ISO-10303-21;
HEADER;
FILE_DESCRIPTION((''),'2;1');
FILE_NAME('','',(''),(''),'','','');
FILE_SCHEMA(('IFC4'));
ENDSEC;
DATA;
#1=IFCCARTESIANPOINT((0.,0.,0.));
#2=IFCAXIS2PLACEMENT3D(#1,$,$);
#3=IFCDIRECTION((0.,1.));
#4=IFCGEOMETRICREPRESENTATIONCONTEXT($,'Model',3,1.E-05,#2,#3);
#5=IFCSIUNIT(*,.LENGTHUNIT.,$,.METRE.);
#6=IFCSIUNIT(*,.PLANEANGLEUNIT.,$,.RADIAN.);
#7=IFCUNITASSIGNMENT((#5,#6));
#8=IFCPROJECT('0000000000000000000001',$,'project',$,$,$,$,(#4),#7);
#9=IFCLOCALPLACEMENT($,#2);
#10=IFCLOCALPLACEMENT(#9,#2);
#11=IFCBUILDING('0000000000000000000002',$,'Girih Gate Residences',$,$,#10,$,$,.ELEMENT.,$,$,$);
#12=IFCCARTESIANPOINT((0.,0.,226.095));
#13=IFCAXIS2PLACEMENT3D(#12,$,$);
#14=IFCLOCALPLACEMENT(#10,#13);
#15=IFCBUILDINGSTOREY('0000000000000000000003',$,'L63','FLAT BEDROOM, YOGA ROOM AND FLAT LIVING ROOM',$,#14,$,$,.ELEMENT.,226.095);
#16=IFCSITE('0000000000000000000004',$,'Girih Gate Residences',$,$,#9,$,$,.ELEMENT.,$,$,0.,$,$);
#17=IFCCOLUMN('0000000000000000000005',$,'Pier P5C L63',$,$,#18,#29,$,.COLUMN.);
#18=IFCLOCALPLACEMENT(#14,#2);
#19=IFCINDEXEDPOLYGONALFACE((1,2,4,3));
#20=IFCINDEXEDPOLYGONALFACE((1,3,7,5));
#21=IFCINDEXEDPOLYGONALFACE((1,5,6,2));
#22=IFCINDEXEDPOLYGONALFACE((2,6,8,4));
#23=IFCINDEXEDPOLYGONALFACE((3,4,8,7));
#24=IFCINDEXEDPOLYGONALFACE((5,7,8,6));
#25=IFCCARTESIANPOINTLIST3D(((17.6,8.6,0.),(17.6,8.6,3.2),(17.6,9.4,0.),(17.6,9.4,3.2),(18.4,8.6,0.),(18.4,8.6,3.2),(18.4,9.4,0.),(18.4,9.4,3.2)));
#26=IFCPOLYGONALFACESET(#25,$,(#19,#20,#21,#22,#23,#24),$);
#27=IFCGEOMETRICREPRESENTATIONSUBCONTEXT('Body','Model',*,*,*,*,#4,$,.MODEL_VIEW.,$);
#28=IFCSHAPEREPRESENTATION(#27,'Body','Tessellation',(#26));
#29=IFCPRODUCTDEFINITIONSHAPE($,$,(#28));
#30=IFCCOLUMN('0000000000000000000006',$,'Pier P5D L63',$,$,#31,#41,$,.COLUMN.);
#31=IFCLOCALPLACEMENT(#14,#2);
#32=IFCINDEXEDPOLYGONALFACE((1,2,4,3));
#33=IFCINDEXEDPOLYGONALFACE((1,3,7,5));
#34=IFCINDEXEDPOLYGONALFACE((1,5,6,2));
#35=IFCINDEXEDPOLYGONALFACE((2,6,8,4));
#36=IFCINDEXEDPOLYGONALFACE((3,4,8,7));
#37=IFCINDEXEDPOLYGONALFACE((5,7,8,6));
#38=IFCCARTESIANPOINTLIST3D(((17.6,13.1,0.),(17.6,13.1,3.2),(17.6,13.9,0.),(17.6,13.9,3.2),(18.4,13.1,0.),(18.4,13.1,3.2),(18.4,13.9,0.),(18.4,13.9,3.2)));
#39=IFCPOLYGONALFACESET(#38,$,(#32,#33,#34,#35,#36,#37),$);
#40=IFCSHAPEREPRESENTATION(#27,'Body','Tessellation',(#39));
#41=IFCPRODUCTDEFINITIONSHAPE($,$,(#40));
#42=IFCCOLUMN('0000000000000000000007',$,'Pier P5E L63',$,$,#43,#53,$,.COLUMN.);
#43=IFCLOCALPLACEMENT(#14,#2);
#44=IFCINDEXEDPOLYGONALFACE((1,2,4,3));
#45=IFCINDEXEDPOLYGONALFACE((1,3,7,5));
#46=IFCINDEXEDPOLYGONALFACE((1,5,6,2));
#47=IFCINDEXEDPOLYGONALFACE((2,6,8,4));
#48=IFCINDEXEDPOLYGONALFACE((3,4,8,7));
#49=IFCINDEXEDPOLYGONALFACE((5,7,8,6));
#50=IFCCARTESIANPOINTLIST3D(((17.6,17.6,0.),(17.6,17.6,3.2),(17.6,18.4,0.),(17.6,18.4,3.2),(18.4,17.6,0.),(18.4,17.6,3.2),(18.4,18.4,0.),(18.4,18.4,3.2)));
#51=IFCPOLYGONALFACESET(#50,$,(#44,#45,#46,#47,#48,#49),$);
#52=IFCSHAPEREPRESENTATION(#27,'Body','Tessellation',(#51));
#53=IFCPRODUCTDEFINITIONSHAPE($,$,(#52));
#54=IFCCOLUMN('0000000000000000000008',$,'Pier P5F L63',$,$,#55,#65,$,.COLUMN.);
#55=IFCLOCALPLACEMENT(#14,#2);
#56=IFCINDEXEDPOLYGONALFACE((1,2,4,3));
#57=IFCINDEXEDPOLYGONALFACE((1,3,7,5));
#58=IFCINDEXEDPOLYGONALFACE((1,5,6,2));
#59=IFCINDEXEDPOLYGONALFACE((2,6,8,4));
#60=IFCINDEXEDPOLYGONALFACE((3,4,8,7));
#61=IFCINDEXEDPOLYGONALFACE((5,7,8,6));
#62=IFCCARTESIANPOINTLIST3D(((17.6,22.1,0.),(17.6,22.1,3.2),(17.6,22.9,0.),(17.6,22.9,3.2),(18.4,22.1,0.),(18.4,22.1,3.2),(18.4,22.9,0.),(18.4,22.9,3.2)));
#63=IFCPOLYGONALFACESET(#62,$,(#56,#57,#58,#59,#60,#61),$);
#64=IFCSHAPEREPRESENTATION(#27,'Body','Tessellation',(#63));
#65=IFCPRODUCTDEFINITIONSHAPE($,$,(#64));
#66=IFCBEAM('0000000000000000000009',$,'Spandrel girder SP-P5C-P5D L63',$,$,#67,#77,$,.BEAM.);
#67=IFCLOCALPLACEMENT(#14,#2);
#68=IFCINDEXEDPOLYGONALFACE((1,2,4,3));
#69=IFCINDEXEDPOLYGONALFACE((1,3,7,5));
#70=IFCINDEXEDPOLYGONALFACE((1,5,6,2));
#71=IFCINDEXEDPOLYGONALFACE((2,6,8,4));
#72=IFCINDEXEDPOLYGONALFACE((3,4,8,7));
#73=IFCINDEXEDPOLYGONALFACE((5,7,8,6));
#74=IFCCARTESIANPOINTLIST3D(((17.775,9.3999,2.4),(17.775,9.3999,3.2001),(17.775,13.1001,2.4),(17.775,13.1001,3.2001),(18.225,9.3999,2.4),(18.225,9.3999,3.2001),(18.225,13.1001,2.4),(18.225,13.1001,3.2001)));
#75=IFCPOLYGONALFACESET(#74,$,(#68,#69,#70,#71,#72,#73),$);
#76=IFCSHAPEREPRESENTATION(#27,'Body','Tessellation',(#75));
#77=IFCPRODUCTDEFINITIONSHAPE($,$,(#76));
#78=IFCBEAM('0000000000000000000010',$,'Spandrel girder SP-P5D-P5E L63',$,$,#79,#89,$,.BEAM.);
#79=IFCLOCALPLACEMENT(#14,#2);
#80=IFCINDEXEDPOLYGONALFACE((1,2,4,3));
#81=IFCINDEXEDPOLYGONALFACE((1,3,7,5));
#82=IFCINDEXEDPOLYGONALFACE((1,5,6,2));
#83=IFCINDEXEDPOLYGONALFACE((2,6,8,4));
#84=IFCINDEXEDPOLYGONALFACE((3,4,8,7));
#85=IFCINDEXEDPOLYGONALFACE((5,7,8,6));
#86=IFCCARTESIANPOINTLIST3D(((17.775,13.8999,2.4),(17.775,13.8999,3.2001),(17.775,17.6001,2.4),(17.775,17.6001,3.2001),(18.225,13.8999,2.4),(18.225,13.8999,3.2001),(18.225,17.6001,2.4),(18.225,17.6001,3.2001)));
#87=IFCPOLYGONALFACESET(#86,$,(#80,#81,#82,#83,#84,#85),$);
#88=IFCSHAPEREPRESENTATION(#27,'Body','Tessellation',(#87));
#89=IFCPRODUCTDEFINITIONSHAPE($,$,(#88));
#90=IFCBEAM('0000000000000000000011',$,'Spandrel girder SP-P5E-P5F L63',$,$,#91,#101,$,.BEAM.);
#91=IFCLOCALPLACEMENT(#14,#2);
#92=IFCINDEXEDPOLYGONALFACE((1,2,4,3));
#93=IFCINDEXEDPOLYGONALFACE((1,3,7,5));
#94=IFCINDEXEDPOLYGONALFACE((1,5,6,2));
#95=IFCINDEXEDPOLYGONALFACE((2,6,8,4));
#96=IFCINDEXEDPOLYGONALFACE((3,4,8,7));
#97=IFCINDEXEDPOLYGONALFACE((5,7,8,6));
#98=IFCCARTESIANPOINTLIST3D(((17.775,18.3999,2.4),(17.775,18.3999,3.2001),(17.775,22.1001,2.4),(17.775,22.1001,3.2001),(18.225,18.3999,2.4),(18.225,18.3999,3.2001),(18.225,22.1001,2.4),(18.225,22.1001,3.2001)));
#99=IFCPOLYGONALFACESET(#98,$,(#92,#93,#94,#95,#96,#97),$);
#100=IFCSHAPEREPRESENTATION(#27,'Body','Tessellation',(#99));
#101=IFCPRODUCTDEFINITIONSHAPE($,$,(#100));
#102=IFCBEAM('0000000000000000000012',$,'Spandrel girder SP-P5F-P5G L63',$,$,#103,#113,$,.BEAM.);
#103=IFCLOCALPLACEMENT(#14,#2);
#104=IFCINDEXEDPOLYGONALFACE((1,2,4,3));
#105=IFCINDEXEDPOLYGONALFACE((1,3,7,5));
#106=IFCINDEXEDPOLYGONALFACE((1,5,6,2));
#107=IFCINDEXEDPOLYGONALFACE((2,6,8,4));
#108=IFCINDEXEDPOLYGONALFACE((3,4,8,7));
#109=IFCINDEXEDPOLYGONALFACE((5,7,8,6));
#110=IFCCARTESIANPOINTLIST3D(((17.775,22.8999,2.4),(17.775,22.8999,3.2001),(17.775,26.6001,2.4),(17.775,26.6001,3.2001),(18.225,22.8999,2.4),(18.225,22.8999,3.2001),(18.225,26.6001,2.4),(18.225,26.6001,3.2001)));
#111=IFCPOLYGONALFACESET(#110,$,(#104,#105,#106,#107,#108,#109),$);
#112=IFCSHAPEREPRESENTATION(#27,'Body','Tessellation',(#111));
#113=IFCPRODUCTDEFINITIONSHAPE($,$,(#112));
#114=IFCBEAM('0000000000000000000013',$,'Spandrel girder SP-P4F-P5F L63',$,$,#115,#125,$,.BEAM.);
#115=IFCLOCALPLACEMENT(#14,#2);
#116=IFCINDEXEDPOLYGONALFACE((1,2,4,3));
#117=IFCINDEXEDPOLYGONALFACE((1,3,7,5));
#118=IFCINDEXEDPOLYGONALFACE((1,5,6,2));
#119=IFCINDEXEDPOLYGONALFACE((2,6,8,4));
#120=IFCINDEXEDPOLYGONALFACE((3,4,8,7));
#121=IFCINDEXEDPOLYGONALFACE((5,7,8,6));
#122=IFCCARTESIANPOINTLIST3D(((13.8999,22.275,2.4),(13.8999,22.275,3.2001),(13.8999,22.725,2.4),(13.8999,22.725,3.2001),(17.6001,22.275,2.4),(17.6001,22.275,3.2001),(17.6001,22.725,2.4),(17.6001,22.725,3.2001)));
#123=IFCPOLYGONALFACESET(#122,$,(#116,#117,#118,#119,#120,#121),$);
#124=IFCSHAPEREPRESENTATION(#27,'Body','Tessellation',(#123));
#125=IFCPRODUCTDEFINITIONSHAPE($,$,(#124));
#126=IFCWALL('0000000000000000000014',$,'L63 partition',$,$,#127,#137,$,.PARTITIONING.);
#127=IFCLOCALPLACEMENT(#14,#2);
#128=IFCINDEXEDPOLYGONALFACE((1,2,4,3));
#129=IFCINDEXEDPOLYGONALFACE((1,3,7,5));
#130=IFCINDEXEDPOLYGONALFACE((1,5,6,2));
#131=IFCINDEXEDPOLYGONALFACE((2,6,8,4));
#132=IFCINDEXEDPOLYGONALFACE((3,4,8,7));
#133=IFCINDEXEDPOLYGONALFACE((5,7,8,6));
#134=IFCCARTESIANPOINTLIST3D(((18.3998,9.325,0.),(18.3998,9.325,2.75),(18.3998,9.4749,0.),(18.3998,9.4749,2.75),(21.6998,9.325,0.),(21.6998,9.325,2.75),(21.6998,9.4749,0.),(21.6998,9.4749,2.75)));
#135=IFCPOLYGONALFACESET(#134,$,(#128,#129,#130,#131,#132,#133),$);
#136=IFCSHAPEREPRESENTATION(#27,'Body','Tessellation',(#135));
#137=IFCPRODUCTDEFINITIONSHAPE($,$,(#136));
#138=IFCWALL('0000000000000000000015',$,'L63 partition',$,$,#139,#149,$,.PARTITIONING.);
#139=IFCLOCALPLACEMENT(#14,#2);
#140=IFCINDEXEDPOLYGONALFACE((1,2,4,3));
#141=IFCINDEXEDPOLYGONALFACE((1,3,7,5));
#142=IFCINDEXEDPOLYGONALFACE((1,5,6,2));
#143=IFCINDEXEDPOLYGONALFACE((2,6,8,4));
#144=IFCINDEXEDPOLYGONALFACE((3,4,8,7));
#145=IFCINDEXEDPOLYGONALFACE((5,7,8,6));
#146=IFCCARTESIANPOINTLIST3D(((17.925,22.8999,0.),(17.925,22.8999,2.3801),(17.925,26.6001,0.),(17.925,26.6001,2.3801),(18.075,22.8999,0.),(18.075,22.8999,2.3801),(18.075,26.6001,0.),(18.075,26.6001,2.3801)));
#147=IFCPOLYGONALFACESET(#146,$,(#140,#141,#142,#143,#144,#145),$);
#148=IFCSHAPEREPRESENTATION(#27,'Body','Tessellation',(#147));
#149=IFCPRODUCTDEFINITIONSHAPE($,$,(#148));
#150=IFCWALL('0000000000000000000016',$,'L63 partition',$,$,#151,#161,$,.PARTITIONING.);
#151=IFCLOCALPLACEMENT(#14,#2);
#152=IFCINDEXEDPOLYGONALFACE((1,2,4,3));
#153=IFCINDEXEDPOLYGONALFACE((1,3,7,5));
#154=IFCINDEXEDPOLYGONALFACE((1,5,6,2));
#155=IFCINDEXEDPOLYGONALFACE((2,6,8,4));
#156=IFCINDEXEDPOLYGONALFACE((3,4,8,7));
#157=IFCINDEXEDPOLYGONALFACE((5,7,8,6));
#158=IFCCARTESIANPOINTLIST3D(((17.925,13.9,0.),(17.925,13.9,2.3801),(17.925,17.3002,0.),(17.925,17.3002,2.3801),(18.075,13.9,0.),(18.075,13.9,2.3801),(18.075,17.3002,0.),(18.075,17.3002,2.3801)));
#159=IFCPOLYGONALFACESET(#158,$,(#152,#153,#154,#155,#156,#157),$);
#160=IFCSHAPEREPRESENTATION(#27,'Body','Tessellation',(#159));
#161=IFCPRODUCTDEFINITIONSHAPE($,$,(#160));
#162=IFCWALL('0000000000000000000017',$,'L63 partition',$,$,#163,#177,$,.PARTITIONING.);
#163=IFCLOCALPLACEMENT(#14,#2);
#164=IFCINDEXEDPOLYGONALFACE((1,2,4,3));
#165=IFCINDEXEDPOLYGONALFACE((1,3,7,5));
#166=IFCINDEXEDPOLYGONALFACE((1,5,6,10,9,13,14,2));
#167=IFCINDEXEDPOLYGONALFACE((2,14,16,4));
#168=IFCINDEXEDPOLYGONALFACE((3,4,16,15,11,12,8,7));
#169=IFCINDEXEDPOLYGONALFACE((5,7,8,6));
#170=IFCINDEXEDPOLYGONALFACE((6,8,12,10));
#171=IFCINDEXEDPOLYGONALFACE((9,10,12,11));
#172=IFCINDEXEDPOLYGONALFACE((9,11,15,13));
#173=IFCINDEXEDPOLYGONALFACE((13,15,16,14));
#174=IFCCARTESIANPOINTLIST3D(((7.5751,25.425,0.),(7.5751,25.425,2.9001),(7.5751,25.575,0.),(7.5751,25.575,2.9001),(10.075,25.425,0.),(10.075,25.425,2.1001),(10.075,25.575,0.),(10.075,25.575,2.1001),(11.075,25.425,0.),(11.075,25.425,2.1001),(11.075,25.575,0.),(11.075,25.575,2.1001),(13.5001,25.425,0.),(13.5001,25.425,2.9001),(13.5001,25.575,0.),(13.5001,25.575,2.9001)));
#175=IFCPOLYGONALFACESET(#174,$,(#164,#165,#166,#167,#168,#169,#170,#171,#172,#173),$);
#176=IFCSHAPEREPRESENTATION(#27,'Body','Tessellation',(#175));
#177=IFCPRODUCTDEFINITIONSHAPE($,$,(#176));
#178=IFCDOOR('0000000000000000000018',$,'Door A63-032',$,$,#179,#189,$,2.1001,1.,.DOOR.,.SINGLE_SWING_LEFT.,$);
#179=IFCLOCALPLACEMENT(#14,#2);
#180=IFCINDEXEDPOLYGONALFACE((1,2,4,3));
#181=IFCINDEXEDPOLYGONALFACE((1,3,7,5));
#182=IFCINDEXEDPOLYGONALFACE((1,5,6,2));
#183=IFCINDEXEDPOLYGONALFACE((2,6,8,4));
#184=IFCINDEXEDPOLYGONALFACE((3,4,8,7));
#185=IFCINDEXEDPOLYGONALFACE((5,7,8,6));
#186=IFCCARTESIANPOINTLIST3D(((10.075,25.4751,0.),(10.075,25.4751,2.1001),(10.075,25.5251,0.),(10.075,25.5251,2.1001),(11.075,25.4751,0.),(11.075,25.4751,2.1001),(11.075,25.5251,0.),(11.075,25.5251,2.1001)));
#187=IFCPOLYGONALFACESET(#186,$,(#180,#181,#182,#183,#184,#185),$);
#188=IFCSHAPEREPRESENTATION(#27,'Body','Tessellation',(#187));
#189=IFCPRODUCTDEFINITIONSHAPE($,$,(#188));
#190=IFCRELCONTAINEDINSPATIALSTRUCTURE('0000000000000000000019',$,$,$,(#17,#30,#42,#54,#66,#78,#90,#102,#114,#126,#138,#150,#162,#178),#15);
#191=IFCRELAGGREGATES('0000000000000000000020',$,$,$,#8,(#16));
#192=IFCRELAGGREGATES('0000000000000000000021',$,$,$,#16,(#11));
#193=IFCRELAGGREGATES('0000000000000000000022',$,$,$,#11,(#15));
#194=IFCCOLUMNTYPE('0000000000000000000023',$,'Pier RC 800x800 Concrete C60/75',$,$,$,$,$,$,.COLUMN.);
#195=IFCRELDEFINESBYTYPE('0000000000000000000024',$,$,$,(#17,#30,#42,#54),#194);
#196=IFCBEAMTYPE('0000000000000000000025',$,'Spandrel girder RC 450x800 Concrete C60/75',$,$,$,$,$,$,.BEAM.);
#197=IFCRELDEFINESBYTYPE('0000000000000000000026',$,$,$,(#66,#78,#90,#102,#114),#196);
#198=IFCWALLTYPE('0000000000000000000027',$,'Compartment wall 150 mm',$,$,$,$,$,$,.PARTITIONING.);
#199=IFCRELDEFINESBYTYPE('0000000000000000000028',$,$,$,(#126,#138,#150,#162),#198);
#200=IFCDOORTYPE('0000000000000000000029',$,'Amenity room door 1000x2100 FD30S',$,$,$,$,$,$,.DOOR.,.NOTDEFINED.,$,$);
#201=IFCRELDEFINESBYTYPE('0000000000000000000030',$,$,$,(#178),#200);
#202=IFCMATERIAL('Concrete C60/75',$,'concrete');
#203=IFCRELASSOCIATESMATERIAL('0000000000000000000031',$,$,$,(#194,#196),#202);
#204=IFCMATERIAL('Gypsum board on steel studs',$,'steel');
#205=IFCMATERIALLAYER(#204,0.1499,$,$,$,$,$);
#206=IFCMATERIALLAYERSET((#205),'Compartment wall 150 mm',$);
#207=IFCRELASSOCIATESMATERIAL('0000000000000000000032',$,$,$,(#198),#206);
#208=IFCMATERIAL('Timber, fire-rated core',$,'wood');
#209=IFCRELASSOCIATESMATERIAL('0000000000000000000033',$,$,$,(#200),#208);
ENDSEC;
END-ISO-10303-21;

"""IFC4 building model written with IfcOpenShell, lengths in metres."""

from ifc_helpers import new_model, si_unit, direction, frame, frame_2d, origin, origin_2d, place, context, subcontext, project, spatial, rectangle, extrude, material, layer, layer_set, material_profile, profile_set, type_object, element, fill, save


model = new_model("IFC4")

# Units and contexts
model_context = context("Model", 3, precision=1e-05, world=origin(), true_north=direction((0.0, 1.0)))
body_context = subcontext(model_context, "Body", "Model", "MODEL_VIEW")
ifc_project = project(units=[si_unit("LENGTHUNIT", "METRE"), si_unit("PLANEANGLEUNIT", "RADIAN")], contexts=[model_context])

# Site, building, storey
site_placement = place(None, origin())
site = spatial("IfcSite", under=ifc_project, at=site_placement, Name="Girih Gate Residences", CompositionType="ELEMENT", RefElevation=0.0)
building_placement = place(site_placement, origin())
building = spatial("IfcBuilding", under=site, at=building_placement, Name="Girih Gate Residences", CompositionType="ELEMENT")
storey_placement = place(building_placement, frame((0.0, 0.0, 226.095)))
storey = spatial("IfcBuildingStorey", under=building, at=storey_placement, Name="L63", Description="FLAT BEDROOM, YOGA ROOM AND FLAT LIVING ROOM", CompositionType="ELEMENT", Elevation=226.095)

# Columns
ifc_material_1 = material(Name="Concrete C60/75", Category="concrete")
ifc_material_profile_1 = material_profile(ifc_material_1, rectangle(XDim=0.8, YDim=0.8, at=origin_2d()))
ifc_profile_set_1 = profile_set([ifc_material_profile_1], Name="Concrete C60/75")
column_type = type_object("IfcColumnType", Name="Pier RC 800x800 Concrete C60/75", PredefinedType="COLUMN", material=ifc_profile_set_1)
for number, where, z_axis, x_axis, name in (
    (1, (18.0, 9.0, 0.0), (0.0, 0.0, 1.0), (1.0, 0.0, 0.0), "Pier P5C L63"),
    (2, (18.0, 13.5, 0.0), (0.0, 0.0, 1.0), (1.0, 0.0, 0.0), "Pier P5D L63"),
    (3, (18.0, 18.0, 0.0), (0.0, 0.0, 1.0), (1.0, 0.0, 0.0), "Pier P5E L63"),
    (4, (18.0, 22.5, 0.0), (0.0, 0.0, 1.0), (1.0, 0.0, 0.0), "Pier P5F L63"),
):
    element("IfcColumn", number, at=place(storey_placement, frame(where, z_axis=z_axis, x_axis=x_axis)), inside=storey, type_object=column_type, Name=name, PredefinedType="COLUMN", context=body_context, shape_type="SweptSolid", body=[
        extrude(rectangle(XDim=0.8, YDim=0.8, at=origin_2d()), origin(), (0.0, 0.0, 1.0), 3.2),
    ])

# Beams
ifc_material_profile_2 = material_profile(ifc_material_1, rectangle(XDim=0.45, YDim=0.8, at=origin_2d()))
ifc_profile_set_2 = profile_set([ifc_material_profile_2], Name="Concrete C60/75")
beam_type = type_object("IfcBeamType", Name="Spandrel girder RC 450x800 Concrete C60/75", PredefinedType="BEAM", material=ifc_profile_set_2)
for number, where, z_axis, x_axis, name in (
    (5, (18.0, 9.3999, 2.8), (0.0, 1.0, 0.0), (-1.0, 0.0, 0.0), "Spandrel girder SP-P5C-P5D L63"),
    (6, (18.0, 13.8999, 2.8), (0.0, 1.0, 0.0), (-1.0, 0.0, 0.0), "Spandrel girder SP-P5D-P5E L63"),
    (7, (18.0, 18.3999, 2.8), (0.0, 1.0, 0.0), (-1.0, 0.0, 0.0), "Spandrel girder SP-P5E-P5F L63"),
    (8, (18.0, 22.8999, 2.8), (0.0, 1.0, 0.0), (-1.0, 0.0, 0.0), "Spandrel girder SP-P5F-P5G L63"),
    (9, (13.8999, 22.5, 2.8), (1.0, 0.0, 0.0), (0.0, 1.0, 0.0), "Spandrel girder SP-P4F-P5F L63"),
):
    element("IfcBeam", number, at=place(storey_placement, frame(where, z_axis=z_axis, x_axis=x_axis)), inside=storey, type_object=beam_type, Name=name, PredefinedType="BEAM", context=body_context, shape_type="SweptSolid", body=[
        extrude(rectangle(XDim=0.45, YDim=0.8, at=origin_2d()), origin(), (0.0, 0.0, 1.0), 3.7002),
    ])

# Walls
ifc_material_2 = material(Name="Gypsum board on steel studs", Category="steel")
ifc_layer_1 = layer(ifc_material_2, 0.1499)
ifc_layer_set_1 = layer_set([ifc_layer_1], Name="Compartment wall 150 mm")
wall_type_1 = type_object("IfcWallType", Name="Compartment wall 150 mm", PredefinedType="PARTITIONING", material=ifc_layer_set_1)
wall_1_placement = place(storey_placement, frame((18.3999, 9.3999, 0.0), z_axis=(0.0, 0.0, 1.0), x_axis=(1.0, 0.0, 0.0)))
element("IfcWall", 10, at=wall_1_placement, inside=storey, type_object=wall_type_1, Name="L63 partition", PredefinedType="PARTITIONING", context=body_context, shape_type="SweptSolid", body=[
    extrude(rectangle(XDim=3.3, YDim=0.1499, at=frame_2d((1.6499, 0.0))), origin(), (0.0, 0.0, 1.0), 2.75),
])
wall_2_placement = place(storey_placement, frame((18.0, 22.8999, 0.0), z_axis=(0.0, 0.0, 1.0), x_axis=(0.0, 1.0, 0.0)))
element("IfcWall", 11, at=wall_2_placement, inside=storey, type_object=wall_type_1, Name="L63 partition", PredefinedType="PARTITIONING", context=body_context, shape_type="SweptSolid", body=[
    extrude(rectangle(XDim=3.7002, YDim=0.1499, at=frame_2d((1.8501, 0.0))), origin(), (0.0, 0.0, 1.0), 2.3801),
])
wall_3_placement = place(storey_placement, frame((18.0, 13.8999, 0.0), z_axis=(0.0, 0.0, 1.0), x_axis=(0.0, 1.0, 0.0)))
element("IfcWall", 12, at=wall_3_placement, inside=storey, type_object=wall_type_1, Name="L63 partition", PredefinedType="PARTITIONING", context=body_context, shape_type="SweptSolid", body=[
    extrude(rectangle(XDim=3.4001, YDim=0.1499, at=frame_2d((1.7002, 0.0))), origin(), (0.0, 0.0, 1.0), 2.3801),
])

# Wall, opening, door
wall_4_placement = place(storey_placement, frame((13.5, 25.5, 0.0), z_axis=(0.0, 0.0, 1.0), x_axis=(-1.0, 0.0, 0.0)))
wall_4 = element("IfcWall", 13, at=wall_4_placement, inside=storey, type_object=wall_type_1, Name="L63 partition", PredefinedType="PARTITIONING", context=body_context, shape_type="SweptSolid", body=[
    extrude(rectangle(XDim=5.925, YDim=0.1499, at=frame_2d((2.9624, 0.0))), origin(), (0.0, 0.0, 1.0), 2.9001),
])
opening_1_placement = place(wall_4_placement, frame((2.425, 0.0, 0.0)))
opening_1 = element("IfcOpeningElement", 14, at=opening_1_placement, cuts=wall_4, PredefinedType="OPENING", context=body_context, shape_type="SweptSolid", body=[
    extrude(rectangle(XDim=1.0, YDim=2.1001, at=frame_2d((0.5, 1.05))), frame((0.0, 0.085, 0.0), z_axis=(0.0, -1.0, 0.0), x_axis=(1.0, 0.0, 0.0)), (0.0, 0.0, 1.0), 0.1699),
])
ifc_material_3 = material(Name="Timber, fire-rated core", Category="wood")
door_type = type_object("IfcDoorType", Name="Amenity room door 1000x2100 FD30S", OperationType="NOTDEFINED", PredefinedType="DOOR", material=ifc_material_3)
door_1_placement = place(opening_1_placement, origin())
door_1 = element("IfcDoor", 15, at=door_1_placement, inside=storey, type_object=door_type, Name="Door A63-032", OperationType="SINGLE_SWING_LEFT", OverallHeight=2.1001, OverallWidth=1.0, PredefinedType="DOOR", context=body_context, shape_type="SweptSolid", body=[
    extrude(rectangle(XDim=1.0, YDim=2.1001, at=frame_2d((0.5, 1.05))), frame((0.0, 0.0249, 0.0), z_axis=(0.0, -1.0, 0.0), x_axis=(1.0, 0.0, 0.0)), (0.0, 0.0, 1.0), 0.05),
])
fill(opening_1, door_1)

save(model, "model.ifc")
